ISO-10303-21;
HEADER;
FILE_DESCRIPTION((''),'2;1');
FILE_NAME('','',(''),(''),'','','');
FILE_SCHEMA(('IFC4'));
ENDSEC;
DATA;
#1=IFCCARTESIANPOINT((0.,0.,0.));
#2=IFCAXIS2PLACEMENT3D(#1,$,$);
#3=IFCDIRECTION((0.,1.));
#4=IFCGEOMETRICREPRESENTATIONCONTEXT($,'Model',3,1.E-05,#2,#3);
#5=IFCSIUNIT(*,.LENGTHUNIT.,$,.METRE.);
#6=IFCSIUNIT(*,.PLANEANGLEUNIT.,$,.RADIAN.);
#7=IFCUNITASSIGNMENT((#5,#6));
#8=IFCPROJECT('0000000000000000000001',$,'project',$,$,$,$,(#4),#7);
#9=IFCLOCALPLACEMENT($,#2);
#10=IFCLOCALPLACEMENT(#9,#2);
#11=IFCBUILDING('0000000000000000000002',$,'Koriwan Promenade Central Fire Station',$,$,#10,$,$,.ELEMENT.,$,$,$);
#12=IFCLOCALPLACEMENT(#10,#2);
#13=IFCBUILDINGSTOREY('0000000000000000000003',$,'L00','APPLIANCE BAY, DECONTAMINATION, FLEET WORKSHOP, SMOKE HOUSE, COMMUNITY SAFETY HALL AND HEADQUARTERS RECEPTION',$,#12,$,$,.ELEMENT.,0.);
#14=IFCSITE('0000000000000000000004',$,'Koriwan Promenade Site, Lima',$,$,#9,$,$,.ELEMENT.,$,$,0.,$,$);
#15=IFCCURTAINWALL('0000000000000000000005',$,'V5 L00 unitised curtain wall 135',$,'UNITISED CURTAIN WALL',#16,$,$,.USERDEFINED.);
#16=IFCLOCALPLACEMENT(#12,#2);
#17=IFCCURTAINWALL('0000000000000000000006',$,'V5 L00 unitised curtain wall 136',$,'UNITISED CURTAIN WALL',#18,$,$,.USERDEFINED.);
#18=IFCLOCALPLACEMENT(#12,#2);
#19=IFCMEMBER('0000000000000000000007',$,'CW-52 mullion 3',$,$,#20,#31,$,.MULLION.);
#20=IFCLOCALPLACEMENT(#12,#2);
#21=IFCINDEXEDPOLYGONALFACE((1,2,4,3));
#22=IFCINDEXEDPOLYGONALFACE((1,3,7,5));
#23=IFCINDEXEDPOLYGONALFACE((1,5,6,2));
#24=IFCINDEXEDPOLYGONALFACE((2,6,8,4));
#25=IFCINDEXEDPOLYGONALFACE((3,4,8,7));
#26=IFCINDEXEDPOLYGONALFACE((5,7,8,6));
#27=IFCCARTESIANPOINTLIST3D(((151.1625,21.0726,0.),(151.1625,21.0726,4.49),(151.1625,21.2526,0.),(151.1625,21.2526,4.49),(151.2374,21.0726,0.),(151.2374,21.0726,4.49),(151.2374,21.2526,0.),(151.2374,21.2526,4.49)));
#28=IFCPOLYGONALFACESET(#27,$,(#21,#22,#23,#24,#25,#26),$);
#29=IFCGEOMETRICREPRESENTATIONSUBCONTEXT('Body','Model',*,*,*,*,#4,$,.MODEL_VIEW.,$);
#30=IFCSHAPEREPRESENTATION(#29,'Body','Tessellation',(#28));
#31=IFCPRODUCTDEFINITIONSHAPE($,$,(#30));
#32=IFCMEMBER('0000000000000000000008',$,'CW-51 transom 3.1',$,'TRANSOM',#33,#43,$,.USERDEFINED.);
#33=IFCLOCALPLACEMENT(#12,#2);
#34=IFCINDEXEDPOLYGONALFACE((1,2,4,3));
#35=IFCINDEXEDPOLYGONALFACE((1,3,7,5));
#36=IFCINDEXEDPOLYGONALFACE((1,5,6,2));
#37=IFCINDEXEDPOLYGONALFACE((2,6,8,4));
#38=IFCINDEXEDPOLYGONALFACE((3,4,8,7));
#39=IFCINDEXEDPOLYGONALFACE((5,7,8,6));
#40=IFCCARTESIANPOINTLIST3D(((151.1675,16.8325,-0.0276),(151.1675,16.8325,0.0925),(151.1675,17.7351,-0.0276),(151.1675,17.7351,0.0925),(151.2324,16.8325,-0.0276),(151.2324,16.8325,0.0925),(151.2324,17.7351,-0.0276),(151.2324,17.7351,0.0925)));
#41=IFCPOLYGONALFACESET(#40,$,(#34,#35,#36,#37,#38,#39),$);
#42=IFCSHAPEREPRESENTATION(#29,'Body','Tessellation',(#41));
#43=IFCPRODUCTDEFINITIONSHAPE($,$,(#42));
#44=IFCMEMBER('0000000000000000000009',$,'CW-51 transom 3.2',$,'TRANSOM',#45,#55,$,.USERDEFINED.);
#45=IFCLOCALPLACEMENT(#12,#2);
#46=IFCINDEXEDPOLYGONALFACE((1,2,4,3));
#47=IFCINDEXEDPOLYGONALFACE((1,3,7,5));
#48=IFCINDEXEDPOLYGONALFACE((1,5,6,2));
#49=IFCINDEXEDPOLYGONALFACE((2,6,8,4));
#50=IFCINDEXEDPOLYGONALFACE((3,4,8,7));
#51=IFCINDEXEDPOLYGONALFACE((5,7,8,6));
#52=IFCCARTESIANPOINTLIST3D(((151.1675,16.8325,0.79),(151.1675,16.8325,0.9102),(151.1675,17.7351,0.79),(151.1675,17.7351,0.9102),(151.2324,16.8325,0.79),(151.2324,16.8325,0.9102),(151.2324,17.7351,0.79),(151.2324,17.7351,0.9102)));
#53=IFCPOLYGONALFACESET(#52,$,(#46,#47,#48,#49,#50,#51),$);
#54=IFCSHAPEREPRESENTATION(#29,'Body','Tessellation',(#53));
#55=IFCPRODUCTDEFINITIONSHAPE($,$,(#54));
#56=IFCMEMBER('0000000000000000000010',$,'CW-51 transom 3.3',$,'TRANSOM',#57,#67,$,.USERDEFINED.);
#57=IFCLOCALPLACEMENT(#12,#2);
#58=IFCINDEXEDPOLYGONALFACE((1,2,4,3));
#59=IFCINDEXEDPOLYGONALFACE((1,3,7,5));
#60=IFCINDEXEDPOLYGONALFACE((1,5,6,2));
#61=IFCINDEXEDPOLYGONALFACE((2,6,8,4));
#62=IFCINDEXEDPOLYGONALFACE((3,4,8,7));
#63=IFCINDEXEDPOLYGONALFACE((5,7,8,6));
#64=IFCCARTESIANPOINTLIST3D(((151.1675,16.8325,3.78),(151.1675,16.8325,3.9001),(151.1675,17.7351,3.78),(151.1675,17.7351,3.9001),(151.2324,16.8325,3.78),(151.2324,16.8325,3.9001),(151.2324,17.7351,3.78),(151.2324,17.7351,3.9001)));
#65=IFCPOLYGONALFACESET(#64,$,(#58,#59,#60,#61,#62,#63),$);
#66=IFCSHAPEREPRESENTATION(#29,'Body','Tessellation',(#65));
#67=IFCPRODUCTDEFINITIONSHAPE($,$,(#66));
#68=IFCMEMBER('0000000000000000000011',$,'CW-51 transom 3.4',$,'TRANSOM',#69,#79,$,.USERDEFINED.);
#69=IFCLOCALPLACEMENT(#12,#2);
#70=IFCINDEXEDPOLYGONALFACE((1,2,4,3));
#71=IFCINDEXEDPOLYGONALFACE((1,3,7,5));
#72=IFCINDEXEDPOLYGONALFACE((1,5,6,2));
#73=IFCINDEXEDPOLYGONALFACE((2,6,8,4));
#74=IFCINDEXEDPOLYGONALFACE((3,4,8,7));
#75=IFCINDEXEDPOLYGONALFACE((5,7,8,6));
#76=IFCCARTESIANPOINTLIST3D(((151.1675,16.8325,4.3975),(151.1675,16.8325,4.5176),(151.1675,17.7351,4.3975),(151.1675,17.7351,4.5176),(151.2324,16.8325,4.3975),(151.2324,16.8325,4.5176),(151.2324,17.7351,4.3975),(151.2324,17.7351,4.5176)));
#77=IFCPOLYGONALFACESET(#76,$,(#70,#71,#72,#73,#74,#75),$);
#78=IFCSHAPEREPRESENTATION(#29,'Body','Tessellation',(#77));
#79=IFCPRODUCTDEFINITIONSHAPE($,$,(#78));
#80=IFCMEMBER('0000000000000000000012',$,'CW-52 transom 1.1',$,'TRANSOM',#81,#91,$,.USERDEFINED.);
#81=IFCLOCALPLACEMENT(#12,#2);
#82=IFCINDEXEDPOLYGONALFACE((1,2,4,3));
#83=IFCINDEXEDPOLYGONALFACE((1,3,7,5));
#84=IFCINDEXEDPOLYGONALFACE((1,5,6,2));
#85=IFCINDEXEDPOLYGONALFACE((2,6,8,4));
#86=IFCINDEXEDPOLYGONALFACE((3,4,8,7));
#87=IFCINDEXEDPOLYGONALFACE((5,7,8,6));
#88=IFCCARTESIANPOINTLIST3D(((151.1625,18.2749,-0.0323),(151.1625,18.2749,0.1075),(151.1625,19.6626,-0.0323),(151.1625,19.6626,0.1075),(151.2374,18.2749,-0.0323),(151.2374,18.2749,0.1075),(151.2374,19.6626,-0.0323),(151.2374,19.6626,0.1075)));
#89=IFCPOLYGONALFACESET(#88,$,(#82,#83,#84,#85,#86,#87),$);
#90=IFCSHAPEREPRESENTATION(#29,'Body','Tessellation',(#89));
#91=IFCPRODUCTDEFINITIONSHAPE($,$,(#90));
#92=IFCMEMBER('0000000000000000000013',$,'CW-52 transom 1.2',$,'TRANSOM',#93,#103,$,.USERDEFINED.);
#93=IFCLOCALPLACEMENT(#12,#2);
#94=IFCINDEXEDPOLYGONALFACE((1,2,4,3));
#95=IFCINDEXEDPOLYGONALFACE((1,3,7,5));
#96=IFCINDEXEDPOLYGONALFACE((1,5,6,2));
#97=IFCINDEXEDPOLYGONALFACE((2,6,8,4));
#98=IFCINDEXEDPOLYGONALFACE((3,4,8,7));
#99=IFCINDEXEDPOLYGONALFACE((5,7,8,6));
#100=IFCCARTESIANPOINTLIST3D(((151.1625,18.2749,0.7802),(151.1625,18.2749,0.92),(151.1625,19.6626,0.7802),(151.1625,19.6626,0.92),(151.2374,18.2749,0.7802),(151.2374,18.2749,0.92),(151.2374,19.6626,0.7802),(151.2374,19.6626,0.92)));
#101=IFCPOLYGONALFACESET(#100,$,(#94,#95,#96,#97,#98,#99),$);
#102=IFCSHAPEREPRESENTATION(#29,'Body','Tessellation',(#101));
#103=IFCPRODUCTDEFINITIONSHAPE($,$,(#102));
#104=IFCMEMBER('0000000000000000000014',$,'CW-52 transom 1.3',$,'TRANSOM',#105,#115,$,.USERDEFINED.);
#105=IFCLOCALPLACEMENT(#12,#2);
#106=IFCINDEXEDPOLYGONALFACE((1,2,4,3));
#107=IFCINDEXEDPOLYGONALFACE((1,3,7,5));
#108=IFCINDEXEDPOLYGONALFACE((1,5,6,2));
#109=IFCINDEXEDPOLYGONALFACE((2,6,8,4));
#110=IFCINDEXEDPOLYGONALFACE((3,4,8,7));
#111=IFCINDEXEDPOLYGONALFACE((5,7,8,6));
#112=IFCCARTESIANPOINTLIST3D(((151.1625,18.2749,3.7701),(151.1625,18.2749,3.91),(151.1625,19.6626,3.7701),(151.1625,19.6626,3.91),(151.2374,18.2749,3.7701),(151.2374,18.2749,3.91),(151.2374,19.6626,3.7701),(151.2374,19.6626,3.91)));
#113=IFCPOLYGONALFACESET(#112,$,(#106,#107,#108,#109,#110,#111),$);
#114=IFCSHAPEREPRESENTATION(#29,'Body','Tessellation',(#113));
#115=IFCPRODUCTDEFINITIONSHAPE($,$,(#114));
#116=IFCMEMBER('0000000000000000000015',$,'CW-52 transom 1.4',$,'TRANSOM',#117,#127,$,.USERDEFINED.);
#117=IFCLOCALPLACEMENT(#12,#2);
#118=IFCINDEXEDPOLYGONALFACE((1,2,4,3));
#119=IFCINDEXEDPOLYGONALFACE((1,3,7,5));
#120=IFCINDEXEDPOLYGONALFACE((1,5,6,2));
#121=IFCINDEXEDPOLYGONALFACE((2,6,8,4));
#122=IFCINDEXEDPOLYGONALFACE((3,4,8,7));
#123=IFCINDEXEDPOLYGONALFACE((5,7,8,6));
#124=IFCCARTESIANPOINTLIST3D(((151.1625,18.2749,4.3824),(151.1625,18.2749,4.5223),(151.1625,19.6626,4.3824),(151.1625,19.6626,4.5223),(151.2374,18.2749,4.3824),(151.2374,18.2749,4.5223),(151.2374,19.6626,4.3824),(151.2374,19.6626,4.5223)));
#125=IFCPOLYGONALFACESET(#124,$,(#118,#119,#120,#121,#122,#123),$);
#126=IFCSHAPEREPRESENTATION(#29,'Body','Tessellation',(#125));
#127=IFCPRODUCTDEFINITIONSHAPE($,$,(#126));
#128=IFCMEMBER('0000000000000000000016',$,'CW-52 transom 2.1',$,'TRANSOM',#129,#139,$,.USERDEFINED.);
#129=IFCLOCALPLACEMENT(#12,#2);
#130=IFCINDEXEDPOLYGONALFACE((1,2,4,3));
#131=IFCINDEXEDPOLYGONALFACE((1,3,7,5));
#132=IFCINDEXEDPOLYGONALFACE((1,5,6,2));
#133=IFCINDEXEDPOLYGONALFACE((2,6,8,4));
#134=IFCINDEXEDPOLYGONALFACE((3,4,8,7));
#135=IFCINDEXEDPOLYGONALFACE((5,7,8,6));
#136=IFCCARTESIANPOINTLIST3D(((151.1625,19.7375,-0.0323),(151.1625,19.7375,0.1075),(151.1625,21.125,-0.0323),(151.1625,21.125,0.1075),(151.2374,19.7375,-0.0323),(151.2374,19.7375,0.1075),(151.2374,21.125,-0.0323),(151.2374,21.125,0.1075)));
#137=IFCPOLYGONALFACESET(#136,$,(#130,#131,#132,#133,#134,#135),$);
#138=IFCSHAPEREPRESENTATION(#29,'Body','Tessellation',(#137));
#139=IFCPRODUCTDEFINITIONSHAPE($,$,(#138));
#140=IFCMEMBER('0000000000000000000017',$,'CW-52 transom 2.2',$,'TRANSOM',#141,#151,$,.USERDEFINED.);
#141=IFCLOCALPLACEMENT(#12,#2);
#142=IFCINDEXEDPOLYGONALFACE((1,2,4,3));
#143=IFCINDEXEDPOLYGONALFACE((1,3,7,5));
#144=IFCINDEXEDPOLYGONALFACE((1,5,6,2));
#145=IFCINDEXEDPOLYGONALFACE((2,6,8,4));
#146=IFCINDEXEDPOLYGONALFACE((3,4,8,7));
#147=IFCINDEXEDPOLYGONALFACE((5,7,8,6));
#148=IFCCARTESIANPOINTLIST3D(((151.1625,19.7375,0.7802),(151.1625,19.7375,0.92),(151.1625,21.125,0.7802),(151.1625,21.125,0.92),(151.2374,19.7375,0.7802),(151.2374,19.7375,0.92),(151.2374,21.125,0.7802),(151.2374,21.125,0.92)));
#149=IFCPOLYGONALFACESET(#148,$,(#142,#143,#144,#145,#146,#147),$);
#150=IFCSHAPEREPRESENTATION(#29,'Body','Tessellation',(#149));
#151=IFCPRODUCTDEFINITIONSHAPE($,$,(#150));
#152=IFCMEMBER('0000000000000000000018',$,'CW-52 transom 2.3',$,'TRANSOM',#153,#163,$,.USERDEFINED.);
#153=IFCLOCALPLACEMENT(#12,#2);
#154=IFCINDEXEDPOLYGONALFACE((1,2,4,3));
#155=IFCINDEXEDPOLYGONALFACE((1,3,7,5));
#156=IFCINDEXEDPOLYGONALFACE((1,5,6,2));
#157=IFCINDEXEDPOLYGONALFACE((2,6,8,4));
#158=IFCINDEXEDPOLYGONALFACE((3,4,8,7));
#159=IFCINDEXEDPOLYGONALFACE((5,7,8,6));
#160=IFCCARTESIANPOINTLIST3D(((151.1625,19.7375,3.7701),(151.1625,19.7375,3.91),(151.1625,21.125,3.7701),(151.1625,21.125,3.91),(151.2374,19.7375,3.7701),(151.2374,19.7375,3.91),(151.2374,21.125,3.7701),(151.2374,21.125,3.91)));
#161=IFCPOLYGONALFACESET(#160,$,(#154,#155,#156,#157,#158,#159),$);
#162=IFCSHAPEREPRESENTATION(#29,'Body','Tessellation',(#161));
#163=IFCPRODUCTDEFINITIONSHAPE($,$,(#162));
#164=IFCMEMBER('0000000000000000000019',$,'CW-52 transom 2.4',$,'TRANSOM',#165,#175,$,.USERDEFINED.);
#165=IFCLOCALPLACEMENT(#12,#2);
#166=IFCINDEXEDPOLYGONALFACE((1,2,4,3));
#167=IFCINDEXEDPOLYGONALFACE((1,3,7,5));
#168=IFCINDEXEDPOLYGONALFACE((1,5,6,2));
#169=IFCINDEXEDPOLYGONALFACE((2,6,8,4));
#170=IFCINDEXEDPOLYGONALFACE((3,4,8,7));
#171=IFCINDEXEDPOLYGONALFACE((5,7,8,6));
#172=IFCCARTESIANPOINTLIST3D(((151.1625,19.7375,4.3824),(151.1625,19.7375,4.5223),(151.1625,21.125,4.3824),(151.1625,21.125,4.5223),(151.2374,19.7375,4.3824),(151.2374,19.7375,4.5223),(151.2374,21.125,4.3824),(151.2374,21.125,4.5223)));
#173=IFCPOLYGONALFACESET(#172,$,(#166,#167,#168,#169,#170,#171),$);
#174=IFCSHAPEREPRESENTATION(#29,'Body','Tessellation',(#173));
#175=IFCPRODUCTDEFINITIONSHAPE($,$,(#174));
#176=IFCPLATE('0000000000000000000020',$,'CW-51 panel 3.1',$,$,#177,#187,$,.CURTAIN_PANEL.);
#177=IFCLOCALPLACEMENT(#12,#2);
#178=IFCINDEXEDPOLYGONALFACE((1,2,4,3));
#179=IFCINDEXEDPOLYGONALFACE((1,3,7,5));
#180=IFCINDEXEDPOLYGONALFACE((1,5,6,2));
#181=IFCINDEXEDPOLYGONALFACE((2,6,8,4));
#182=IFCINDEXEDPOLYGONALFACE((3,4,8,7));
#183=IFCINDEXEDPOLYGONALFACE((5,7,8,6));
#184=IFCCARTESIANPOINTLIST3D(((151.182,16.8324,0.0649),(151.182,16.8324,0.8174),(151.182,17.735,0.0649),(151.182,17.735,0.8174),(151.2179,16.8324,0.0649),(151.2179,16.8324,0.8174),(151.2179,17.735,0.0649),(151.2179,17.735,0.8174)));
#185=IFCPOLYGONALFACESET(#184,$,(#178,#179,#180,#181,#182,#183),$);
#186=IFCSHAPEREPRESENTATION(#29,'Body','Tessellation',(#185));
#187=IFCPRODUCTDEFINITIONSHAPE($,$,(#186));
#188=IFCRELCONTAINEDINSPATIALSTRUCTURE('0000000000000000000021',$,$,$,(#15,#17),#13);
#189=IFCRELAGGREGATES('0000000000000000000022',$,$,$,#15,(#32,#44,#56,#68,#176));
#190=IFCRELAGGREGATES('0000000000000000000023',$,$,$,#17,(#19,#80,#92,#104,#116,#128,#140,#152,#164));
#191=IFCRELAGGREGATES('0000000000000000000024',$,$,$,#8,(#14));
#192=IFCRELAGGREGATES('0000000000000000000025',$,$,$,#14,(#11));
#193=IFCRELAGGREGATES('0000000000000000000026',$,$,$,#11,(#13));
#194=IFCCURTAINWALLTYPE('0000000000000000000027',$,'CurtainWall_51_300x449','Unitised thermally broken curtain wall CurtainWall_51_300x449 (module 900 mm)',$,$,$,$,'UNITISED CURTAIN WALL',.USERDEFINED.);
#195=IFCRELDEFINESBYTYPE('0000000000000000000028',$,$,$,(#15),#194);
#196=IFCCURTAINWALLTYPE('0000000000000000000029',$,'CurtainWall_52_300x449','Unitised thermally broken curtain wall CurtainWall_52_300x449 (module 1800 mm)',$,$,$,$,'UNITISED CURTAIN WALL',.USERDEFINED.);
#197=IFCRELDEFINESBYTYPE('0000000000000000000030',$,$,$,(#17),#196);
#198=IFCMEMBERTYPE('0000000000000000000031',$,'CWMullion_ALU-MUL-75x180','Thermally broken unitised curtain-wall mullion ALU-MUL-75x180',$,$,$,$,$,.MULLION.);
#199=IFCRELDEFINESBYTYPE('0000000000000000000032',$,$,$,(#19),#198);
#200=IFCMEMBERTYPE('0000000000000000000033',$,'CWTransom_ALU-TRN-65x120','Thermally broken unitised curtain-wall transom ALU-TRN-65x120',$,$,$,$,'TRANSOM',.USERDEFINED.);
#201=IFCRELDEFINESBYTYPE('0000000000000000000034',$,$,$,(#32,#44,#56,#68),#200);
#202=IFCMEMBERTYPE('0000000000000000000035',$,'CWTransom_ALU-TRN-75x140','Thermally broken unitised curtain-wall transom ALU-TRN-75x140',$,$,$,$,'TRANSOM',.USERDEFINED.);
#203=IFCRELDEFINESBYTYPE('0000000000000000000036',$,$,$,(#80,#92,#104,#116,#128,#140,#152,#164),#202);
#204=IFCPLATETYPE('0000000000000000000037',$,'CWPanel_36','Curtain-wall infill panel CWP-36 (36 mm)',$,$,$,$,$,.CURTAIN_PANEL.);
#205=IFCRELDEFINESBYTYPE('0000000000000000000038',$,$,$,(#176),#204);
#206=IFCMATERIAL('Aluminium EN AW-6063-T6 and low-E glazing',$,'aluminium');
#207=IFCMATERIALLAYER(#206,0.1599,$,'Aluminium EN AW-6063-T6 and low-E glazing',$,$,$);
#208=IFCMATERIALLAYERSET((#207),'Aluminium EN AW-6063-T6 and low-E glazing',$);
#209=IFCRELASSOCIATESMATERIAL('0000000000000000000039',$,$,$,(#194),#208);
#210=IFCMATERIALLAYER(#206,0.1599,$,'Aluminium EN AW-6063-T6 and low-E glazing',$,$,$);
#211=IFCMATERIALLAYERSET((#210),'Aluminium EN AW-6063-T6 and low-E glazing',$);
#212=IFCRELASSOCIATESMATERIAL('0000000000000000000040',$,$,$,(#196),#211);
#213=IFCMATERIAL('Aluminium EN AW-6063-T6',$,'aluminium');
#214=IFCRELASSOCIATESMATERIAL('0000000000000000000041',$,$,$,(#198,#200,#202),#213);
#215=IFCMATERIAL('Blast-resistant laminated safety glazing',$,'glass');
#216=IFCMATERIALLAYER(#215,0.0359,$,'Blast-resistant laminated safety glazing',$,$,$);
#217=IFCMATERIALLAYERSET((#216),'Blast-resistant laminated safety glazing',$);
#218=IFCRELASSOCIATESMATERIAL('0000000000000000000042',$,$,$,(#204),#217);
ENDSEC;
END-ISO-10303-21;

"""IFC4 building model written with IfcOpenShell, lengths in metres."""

from ifc_helpers import new_model, si_unit, direction, frame, origin, origin_2d, place, context, subcontext, project, spatial, rectangle, extrude, material, layer, layer_set, material_profile, profile_set, type_object, element, aggregate, save


model = new_model("IFC4")

# Units and contexts
model_context = context("Model", 3, precision=1e-05, world=origin(), true_north=direction((0.0, 1.0)))
body_context = subcontext(model_context, "Body", "Model", "MODEL_VIEW")
ifc_project = project(units=[si_unit("LENGTHUNIT", "METRE"), si_unit("PLANEANGLEUNIT", "RADIAN")], contexts=[model_context])

# Site, building, storey
site_placement = place(None, origin())
site = spatial("IfcSite", under=ifc_project, at=site_placement, Name="Koriwan Promenade Site, Lima", CompositionType="ELEMENT", RefElevation=0.0)
building_placement = place(site_placement, origin())
building = spatial("IfcBuilding", under=site, at=building_placement, Name="Koriwan Promenade Central Fire Station", CompositionType="ELEMENT")
storey_placement = place(building_placement, origin())
storey = spatial("IfcBuildingStorey", under=building, at=storey_placement, Name="L00", Description="APPLIANCE BAY, DECONTAMINATION, FLEET WORKSHOP, SMOKE HOUSE, COMMUNITY SAFETY HALL AND HEADQUARTERS RECEPTION", CompositionType="ELEMENT", Elevation=0.0)

# Curtain walls, member
ifc_material_1 = material(Name="Aluminium EN AW-6063-T6 and low-E glazing", Category="aluminium")
ifc_layer_1 = layer(ifc_material_1, 0.1599, Name="Aluminium EN AW-6063-T6 and low-E glazing")
ifc_layer_set_1 = layer_set([ifc_layer_1], Name="Aluminium EN AW-6063-T6 and low-E glazing")
curtain_wall_type_1 = type_object("IfcCurtainWallType", Name="CurtainWall_51_300x449", Description="Unitised thermally broken curtain wall CurtainWall_51_300x449 (module 900 mm)", ElementType="UNITISED CURTAIN WALL", PredefinedType="USERDEFINED", material=ifc_layer_set_1)
curtain_wall_1_placement = place(storey_placement, origin())
curtain_wall_1 = element("IfcCurtainWall", 1, at=curtain_wall_1_placement, inside=storey, type_object=curtain_wall_type_1, Name="V5 L00 unitised curtain wall 135", ObjectType="UNITISED CURTAIN WALL", PredefinedType="USERDEFINED")
ifc_material_2 = material(Name="Aluminium EN AW-6063-T6", Category="aluminium")
ifc_layer_2 = layer(ifc_material_1, 0.1599, Name="Aluminium EN AW-6063-T6 and low-E glazing")
ifc_layer_set_2 = layer_set([ifc_layer_2], Name="Aluminium EN AW-6063-T6 and low-E glazing")
curtain_wall_type_2 = type_object("IfcCurtainWallType", Name="CurtainWall_52_300x449", Description="Unitised thermally broken curtain wall CurtainWall_52_300x449 (module 1800 mm)", ElementType="UNITISED CURTAIN WALL", PredefinedType="USERDEFINED", material=ifc_layer_set_2)
curtain_wall_2_placement = place(storey_placement, origin())
curtain_wall_2 = element("IfcCurtainWall", 2, at=curtain_wall_2_placement, inside=storey, type_object=curtain_wall_type_2, Name="V5 L00 unitised curtain wall 136", ObjectType="UNITISED CURTAIN WALL", PredefinedType="USERDEFINED")
ifc_material_profile_1 = material_profile(ifc_material_2, rectangle(XDim=0.075, YDim=0.1799, at=origin_2d()), Name="ALU-MUL-75x180")
ifc_profile_set_1 = profile_set([ifc_material_profile_1], Name="Aluminium EN AW-6063-T6")
member_type_1 = type_object("IfcMemberType", Name="CWMullion_ALU-MUL-75x180", Description="Thermally broken unitised curtain-wall mullion ALU-MUL-75x180", PredefinedType="MULLION", material=ifc_profile_set_1)
member_1_placement = place(storey_placement, frame((151.2, 21.1626, 0.0), z_axis=(0.0, 0.0, 1.0), x_axis=(-1.0, 0.0, 0.0)))
member_1 = element("IfcMember", 3, at=member_1_placement, type_object=member_type_1, Name="CW-52 mullion 3", PredefinedType="MULLION", context=body_context, shape_type="SweptSolid", body=[
    extrude(rectangle(XDim=0.075, YDim=0.1799, at=origin_2d()), origin(), (0.0, 0.0, 1.0), 4.49),
])

# Members
ifc_material_profile_2 = material_profile(ifc_material_2, rectangle(XDim=0.0649, YDim=0.1201, at=origin_2d()), Name="ALU-TRN-65x120")
ifc_profile_set_2 = profile_set([ifc_material_profile_2], Name="Aluminium EN AW-6063-T6")
member_type_2 = type_object("IfcMemberType", Name="CWTransom_ALU-TRN-65x120", Description="Thermally broken unitised curtain-wall transom ALU-TRN-65x120", ElementType="TRANSOM", PredefinedType="USERDEFINED", material=ifc_profile_set_2)
member_2_placement = place(storey_placement, frame((151.2, 16.8325, 0.0325), z_axis=(0.0, 1.0, 0.0), x_axis=(-1.0, 0.0, 0.0)))
member_2 = element("IfcMember", 4, at=member_2_placement, type_object=member_type_2, Name="CW-51 transom 3.1", ObjectType="TRANSOM", PredefinedType="USERDEFINED", context=body_context, shape_type="SweptSolid", body=[
    extrude(rectangle(XDim=0.0649, YDim=0.1201, at=origin_2d()), origin(), (0.0, 0.0, 1.0), 0.9026),
])
member_3_placement = place(storey_placement, frame((151.2, 16.8325, 0.8501), z_axis=(0.0, 1.0, 0.0), x_axis=(-1.0, 0.0, 0.0)))
member_3 = element("IfcMember", 5, at=member_3_placement, type_object=member_type_2, Name="CW-51 transom 3.2", ObjectType="TRANSOM", PredefinedType="USERDEFINED", context=body_context, shape_type="SweptSolid", body=[
    extrude(rectangle(XDim=0.0649, YDim=0.1201, at=origin_2d()), origin(), (0.0, 0.0, 1.0), 0.9026),
])
member_4_placement = place(storey_placement, frame((151.2, 16.8325, 3.8401), z_axis=(0.0, 1.0, 0.0), x_axis=(-1.0, 0.0, 0.0)))
member_4 = element("IfcMember", 6, at=member_4_placement, type_object=member_type_2, Name="CW-51 transom 3.3", ObjectType="TRANSOM", PredefinedType="USERDEFINED", context=body_context, shape_type="SweptSolid", body=[
    extrude(rectangle(XDim=0.0649, YDim=0.1201, at=origin_2d()), origin(), (0.0, 0.0, 1.0), 0.9026),
])
member_5_placement = place(storey_placement, frame((151.2, 16.8325, 4.4575), z_axis=(0.0, 1.0, 0.0), x_axis=(-1.0, 0.0, 0.0)))
member_5 = element("IfcMember", 7, at=member_5_placement, type_object=member_type_2, Name="CW-51 transom 3.4", ObjectType="TRANSOM", PredefinedType="USERDEFINED", context=body_context, shape_type="SweptSolid", body=[
    extrude(rectangle(XDim=0.0649, YDim=0.1201, at=origin_2d()), origin(), (0.0, 0.0, 1.0), 0.9026),
])
ifc_material_profile_3 = material_profile(ifc_material_2, rectangle(XDim=0.075, YDim=0.1399, at=origin_2d()), Name="ALU-TRN-75x140")
ifc_profile_set_3 = profile_set([ifc_material_profile_3], Name="Aluminium EN AW-6063-T6")
member_type_3 = type_object("IfcMemberType", Name="CWTransom_ALU-TRN-75x140", Description="Thermally broken unitised curtain-wall transom ALU-TRN-75x140", ElementType="TRANSOM", PredefinedType="USERDEFINED", material=ifc_profile_set_3)
member_6_placement = place(storey_placement, frame((151.2, 18.2749, 0.0376), z_axis=(0.0, 1.0, 0.0), x_axis=(-1.0, 0.0, 0.0)))
member_6 = element("IfcMember", 8, at=member_6_placement, type_object=member_type_3, Name="CW-52 transom 1.1", ObjectType="TRANSOM", PredefinedType="USERDEFINED", context=body_context, shape_type="SweptSolid", body=[
    extrude(rectangle(XDim=0.075, YDim=0.1399, at=origin_2d()), origin(), (0.0, 0.0, 1.0), 1.3877),
])
member_7_placement = place(storey_placement, frame((151.2, 18.2749, 0.8501), z_axis=(0.0, 1.0, 0.0), x_axis=(-1.0, 0.0, 0.0)))
member_7 = element("IfcMember", 9, at=member_7_placement, type_object=member_type_3, Name="CW-52 transom 1.2", ObjectType="TRANSOM", PredefinedType="USERDEFINED", context=body_context, shape_type="SweptSolid", body=[
    extrude(rectangle(XDim=0.075, YDim=0.1399, at=origin_2d()), origin(), (0.0, 0.0, 1.0), 1.3877),
])
member_8_placement = place(storey_placement, frame((151.2, 18.2749, 3.8401), z_axis=(0.0, 1.0, 0.0), x_axis=(-1.0, 0.0, 0.0)))
member_8 = element("IfcMember", 10, at=member_8_placement, type_object=member_type_3, Name="CW-52 transom 1.3", ObjectType="TRANSOM", PredefinedType="USERDEFINED", context=body_context, shape_type="SweptSolid", body=[
    extrude(rectangle(XDim=0.075, YDim=0.1399, at=origin_2d()), origin(), (0.0, 0.0, 1.0), 1.3877),
])
member_9_placement = place(storey_placement, frame((151.2, 18.2749, 4.4524), z_axis=(0.0, 1.0, 0.0), x_axis=(-1.0, 0.0, 0.0)))
member_9 = element("IfcMember", 11, at=member_9_placement, type_object=member_type_3, Name="CW-52 transom 1.4", ObjectType="TRANSOM", PredefinedType="USERDEFINED", context=body_context, shape_type="SweptSolid", body=[
    extrude(rectangle(XDim=0.075, YDim=0.1399, at=origin_2d()), origin(), (0.0, 0.0, 1.0), 1.3877),
])
member_10_placement = place(storey_placement, frame((151.2, 19.7375, 0.0376), z_axis=(0.0, 1.0, 0.0), x_axis=(-1.0, 0.0, 0.0)))
member_10 = element("IfcMember", 12, at=member_10_placement, type_object=member_type_3, Name="CW-52 transom 2.1", ObjectType="TRANSOM", PredefinedType="USERDEFINED", context=body_context, shape_type="SweptSolid", body=[
    extrude(rectangle(XDim=0.075, YDim=0.1399, at=origin_2d()), origin(), (0.0, 0.0, 1.0), 1.3875),
])
member_11_placement = place(storey_placement, frame((151.2, 19.7375, 0.8501), z_axis=(0.0, 1.0, 0.0), x_axis=(-1.0, 0.0, 0.0)))
member_11 = element("IfcMember", 13, at=member_11_placement, type_object=member_type_3, Name="CW-52 transom 2.2", ObjectType="TRANSOM", PredefinedType="USERDEFINED", context=body_context, shape_type="SweptSolid", body=[
    extrude(rectangle(XDim=0.075, YDim=0.1399, at=origin_2d()), origin(), (0.0, 0.0, 1.0), 1.3875),
])
member_12_placement = place(storey_placement, frame((151.2, 19.7375, 3.8401), z_axis=(0.0, 1.0, 0.0), x_axis=(-1.0, 0.0, 0.0)))
member_12 = element("IfcMember", 14, at=member_12_placement, type_object=member_type_3, Name="CW-52 transom 2.3", ObjectType="TRANSOM", PredefinedType="USERDEFINED", context=body_context, shape_type="SweptSolid", body=[
    extrude(rectangle(XDim=0.075, YDim=0.1399, at=origin_2d()), origin(), (0.0, 0.0, 1.0), 1.3875),
])
member_13_placement = place(storey_placement, frame((151.2, 19.7375, 4.4524), z_axis=(0.0, 1.0, 0.0), x_axis=(-1.0, 0.0, 0.0)))
member_13 = element("IfcMember", 15, at=member_13_placement, type_object=member_type_3, Name="CW-52 transom 2.4", ObjectType="TRANSOM", PredefinedType="USERDEFINED", context=body_context, shape_type="SweptSolid", body=[
    extrude(rectangle(XDim=0.075, YDim=0.1399, at=origin_2d()), origin(), (0.0, 0.0, 1.0), 1.3875),
])

# Plate
ifc_material_3 = material(Name="Blast-resistant laminated safety glazing", Category="glass")
ifc_layer_3 = layer(ifc_material_3, 0.0359, Name="Blast-resistant laminated safety glazing")
ifc_layer_set_3 = layer_set([ifc_layer_3], Name="Blast-resistant laminated safety glazing")
plate_type = type_object("IfcPlateType", Name="CWPanel_36", Description="Curtain-wall infill panel CWP-36 (36 mm)", PredefinedType="CURTAIN_PANEL", material=ifc_layer_set_3)
plate_1_placement = place(storey_placement, frame((151.2, 17.2837, 0.0649), z_axis=(0.0, 0.0, 1.0), x_axis=(0.0, 1.0, 0.0)))
plate_1 = element("IfcPlate", 16, at=plate_1_placement, type_object=plate_type, Name="CW-51 panel 3.1", PredefinedType="CURTAIN_PANEL", context=body_context, shape_type="SweptSolid", body=[
    extrude(rectangle(XDim=0.9026, YDim=0.0359, at=origin_2d()), origin(), (0.0, 0.0, 1.0), 0.7524),
])
aggregate(curtain_wall_1, [member_2, member_3, member_4, member_5, plate_1])
aggregate(curtain_wall_2, [member_1, member_6, member_7, member_8, member_9, member_10, member_11, member_12, member_13])

save(model, "model.ifc")
